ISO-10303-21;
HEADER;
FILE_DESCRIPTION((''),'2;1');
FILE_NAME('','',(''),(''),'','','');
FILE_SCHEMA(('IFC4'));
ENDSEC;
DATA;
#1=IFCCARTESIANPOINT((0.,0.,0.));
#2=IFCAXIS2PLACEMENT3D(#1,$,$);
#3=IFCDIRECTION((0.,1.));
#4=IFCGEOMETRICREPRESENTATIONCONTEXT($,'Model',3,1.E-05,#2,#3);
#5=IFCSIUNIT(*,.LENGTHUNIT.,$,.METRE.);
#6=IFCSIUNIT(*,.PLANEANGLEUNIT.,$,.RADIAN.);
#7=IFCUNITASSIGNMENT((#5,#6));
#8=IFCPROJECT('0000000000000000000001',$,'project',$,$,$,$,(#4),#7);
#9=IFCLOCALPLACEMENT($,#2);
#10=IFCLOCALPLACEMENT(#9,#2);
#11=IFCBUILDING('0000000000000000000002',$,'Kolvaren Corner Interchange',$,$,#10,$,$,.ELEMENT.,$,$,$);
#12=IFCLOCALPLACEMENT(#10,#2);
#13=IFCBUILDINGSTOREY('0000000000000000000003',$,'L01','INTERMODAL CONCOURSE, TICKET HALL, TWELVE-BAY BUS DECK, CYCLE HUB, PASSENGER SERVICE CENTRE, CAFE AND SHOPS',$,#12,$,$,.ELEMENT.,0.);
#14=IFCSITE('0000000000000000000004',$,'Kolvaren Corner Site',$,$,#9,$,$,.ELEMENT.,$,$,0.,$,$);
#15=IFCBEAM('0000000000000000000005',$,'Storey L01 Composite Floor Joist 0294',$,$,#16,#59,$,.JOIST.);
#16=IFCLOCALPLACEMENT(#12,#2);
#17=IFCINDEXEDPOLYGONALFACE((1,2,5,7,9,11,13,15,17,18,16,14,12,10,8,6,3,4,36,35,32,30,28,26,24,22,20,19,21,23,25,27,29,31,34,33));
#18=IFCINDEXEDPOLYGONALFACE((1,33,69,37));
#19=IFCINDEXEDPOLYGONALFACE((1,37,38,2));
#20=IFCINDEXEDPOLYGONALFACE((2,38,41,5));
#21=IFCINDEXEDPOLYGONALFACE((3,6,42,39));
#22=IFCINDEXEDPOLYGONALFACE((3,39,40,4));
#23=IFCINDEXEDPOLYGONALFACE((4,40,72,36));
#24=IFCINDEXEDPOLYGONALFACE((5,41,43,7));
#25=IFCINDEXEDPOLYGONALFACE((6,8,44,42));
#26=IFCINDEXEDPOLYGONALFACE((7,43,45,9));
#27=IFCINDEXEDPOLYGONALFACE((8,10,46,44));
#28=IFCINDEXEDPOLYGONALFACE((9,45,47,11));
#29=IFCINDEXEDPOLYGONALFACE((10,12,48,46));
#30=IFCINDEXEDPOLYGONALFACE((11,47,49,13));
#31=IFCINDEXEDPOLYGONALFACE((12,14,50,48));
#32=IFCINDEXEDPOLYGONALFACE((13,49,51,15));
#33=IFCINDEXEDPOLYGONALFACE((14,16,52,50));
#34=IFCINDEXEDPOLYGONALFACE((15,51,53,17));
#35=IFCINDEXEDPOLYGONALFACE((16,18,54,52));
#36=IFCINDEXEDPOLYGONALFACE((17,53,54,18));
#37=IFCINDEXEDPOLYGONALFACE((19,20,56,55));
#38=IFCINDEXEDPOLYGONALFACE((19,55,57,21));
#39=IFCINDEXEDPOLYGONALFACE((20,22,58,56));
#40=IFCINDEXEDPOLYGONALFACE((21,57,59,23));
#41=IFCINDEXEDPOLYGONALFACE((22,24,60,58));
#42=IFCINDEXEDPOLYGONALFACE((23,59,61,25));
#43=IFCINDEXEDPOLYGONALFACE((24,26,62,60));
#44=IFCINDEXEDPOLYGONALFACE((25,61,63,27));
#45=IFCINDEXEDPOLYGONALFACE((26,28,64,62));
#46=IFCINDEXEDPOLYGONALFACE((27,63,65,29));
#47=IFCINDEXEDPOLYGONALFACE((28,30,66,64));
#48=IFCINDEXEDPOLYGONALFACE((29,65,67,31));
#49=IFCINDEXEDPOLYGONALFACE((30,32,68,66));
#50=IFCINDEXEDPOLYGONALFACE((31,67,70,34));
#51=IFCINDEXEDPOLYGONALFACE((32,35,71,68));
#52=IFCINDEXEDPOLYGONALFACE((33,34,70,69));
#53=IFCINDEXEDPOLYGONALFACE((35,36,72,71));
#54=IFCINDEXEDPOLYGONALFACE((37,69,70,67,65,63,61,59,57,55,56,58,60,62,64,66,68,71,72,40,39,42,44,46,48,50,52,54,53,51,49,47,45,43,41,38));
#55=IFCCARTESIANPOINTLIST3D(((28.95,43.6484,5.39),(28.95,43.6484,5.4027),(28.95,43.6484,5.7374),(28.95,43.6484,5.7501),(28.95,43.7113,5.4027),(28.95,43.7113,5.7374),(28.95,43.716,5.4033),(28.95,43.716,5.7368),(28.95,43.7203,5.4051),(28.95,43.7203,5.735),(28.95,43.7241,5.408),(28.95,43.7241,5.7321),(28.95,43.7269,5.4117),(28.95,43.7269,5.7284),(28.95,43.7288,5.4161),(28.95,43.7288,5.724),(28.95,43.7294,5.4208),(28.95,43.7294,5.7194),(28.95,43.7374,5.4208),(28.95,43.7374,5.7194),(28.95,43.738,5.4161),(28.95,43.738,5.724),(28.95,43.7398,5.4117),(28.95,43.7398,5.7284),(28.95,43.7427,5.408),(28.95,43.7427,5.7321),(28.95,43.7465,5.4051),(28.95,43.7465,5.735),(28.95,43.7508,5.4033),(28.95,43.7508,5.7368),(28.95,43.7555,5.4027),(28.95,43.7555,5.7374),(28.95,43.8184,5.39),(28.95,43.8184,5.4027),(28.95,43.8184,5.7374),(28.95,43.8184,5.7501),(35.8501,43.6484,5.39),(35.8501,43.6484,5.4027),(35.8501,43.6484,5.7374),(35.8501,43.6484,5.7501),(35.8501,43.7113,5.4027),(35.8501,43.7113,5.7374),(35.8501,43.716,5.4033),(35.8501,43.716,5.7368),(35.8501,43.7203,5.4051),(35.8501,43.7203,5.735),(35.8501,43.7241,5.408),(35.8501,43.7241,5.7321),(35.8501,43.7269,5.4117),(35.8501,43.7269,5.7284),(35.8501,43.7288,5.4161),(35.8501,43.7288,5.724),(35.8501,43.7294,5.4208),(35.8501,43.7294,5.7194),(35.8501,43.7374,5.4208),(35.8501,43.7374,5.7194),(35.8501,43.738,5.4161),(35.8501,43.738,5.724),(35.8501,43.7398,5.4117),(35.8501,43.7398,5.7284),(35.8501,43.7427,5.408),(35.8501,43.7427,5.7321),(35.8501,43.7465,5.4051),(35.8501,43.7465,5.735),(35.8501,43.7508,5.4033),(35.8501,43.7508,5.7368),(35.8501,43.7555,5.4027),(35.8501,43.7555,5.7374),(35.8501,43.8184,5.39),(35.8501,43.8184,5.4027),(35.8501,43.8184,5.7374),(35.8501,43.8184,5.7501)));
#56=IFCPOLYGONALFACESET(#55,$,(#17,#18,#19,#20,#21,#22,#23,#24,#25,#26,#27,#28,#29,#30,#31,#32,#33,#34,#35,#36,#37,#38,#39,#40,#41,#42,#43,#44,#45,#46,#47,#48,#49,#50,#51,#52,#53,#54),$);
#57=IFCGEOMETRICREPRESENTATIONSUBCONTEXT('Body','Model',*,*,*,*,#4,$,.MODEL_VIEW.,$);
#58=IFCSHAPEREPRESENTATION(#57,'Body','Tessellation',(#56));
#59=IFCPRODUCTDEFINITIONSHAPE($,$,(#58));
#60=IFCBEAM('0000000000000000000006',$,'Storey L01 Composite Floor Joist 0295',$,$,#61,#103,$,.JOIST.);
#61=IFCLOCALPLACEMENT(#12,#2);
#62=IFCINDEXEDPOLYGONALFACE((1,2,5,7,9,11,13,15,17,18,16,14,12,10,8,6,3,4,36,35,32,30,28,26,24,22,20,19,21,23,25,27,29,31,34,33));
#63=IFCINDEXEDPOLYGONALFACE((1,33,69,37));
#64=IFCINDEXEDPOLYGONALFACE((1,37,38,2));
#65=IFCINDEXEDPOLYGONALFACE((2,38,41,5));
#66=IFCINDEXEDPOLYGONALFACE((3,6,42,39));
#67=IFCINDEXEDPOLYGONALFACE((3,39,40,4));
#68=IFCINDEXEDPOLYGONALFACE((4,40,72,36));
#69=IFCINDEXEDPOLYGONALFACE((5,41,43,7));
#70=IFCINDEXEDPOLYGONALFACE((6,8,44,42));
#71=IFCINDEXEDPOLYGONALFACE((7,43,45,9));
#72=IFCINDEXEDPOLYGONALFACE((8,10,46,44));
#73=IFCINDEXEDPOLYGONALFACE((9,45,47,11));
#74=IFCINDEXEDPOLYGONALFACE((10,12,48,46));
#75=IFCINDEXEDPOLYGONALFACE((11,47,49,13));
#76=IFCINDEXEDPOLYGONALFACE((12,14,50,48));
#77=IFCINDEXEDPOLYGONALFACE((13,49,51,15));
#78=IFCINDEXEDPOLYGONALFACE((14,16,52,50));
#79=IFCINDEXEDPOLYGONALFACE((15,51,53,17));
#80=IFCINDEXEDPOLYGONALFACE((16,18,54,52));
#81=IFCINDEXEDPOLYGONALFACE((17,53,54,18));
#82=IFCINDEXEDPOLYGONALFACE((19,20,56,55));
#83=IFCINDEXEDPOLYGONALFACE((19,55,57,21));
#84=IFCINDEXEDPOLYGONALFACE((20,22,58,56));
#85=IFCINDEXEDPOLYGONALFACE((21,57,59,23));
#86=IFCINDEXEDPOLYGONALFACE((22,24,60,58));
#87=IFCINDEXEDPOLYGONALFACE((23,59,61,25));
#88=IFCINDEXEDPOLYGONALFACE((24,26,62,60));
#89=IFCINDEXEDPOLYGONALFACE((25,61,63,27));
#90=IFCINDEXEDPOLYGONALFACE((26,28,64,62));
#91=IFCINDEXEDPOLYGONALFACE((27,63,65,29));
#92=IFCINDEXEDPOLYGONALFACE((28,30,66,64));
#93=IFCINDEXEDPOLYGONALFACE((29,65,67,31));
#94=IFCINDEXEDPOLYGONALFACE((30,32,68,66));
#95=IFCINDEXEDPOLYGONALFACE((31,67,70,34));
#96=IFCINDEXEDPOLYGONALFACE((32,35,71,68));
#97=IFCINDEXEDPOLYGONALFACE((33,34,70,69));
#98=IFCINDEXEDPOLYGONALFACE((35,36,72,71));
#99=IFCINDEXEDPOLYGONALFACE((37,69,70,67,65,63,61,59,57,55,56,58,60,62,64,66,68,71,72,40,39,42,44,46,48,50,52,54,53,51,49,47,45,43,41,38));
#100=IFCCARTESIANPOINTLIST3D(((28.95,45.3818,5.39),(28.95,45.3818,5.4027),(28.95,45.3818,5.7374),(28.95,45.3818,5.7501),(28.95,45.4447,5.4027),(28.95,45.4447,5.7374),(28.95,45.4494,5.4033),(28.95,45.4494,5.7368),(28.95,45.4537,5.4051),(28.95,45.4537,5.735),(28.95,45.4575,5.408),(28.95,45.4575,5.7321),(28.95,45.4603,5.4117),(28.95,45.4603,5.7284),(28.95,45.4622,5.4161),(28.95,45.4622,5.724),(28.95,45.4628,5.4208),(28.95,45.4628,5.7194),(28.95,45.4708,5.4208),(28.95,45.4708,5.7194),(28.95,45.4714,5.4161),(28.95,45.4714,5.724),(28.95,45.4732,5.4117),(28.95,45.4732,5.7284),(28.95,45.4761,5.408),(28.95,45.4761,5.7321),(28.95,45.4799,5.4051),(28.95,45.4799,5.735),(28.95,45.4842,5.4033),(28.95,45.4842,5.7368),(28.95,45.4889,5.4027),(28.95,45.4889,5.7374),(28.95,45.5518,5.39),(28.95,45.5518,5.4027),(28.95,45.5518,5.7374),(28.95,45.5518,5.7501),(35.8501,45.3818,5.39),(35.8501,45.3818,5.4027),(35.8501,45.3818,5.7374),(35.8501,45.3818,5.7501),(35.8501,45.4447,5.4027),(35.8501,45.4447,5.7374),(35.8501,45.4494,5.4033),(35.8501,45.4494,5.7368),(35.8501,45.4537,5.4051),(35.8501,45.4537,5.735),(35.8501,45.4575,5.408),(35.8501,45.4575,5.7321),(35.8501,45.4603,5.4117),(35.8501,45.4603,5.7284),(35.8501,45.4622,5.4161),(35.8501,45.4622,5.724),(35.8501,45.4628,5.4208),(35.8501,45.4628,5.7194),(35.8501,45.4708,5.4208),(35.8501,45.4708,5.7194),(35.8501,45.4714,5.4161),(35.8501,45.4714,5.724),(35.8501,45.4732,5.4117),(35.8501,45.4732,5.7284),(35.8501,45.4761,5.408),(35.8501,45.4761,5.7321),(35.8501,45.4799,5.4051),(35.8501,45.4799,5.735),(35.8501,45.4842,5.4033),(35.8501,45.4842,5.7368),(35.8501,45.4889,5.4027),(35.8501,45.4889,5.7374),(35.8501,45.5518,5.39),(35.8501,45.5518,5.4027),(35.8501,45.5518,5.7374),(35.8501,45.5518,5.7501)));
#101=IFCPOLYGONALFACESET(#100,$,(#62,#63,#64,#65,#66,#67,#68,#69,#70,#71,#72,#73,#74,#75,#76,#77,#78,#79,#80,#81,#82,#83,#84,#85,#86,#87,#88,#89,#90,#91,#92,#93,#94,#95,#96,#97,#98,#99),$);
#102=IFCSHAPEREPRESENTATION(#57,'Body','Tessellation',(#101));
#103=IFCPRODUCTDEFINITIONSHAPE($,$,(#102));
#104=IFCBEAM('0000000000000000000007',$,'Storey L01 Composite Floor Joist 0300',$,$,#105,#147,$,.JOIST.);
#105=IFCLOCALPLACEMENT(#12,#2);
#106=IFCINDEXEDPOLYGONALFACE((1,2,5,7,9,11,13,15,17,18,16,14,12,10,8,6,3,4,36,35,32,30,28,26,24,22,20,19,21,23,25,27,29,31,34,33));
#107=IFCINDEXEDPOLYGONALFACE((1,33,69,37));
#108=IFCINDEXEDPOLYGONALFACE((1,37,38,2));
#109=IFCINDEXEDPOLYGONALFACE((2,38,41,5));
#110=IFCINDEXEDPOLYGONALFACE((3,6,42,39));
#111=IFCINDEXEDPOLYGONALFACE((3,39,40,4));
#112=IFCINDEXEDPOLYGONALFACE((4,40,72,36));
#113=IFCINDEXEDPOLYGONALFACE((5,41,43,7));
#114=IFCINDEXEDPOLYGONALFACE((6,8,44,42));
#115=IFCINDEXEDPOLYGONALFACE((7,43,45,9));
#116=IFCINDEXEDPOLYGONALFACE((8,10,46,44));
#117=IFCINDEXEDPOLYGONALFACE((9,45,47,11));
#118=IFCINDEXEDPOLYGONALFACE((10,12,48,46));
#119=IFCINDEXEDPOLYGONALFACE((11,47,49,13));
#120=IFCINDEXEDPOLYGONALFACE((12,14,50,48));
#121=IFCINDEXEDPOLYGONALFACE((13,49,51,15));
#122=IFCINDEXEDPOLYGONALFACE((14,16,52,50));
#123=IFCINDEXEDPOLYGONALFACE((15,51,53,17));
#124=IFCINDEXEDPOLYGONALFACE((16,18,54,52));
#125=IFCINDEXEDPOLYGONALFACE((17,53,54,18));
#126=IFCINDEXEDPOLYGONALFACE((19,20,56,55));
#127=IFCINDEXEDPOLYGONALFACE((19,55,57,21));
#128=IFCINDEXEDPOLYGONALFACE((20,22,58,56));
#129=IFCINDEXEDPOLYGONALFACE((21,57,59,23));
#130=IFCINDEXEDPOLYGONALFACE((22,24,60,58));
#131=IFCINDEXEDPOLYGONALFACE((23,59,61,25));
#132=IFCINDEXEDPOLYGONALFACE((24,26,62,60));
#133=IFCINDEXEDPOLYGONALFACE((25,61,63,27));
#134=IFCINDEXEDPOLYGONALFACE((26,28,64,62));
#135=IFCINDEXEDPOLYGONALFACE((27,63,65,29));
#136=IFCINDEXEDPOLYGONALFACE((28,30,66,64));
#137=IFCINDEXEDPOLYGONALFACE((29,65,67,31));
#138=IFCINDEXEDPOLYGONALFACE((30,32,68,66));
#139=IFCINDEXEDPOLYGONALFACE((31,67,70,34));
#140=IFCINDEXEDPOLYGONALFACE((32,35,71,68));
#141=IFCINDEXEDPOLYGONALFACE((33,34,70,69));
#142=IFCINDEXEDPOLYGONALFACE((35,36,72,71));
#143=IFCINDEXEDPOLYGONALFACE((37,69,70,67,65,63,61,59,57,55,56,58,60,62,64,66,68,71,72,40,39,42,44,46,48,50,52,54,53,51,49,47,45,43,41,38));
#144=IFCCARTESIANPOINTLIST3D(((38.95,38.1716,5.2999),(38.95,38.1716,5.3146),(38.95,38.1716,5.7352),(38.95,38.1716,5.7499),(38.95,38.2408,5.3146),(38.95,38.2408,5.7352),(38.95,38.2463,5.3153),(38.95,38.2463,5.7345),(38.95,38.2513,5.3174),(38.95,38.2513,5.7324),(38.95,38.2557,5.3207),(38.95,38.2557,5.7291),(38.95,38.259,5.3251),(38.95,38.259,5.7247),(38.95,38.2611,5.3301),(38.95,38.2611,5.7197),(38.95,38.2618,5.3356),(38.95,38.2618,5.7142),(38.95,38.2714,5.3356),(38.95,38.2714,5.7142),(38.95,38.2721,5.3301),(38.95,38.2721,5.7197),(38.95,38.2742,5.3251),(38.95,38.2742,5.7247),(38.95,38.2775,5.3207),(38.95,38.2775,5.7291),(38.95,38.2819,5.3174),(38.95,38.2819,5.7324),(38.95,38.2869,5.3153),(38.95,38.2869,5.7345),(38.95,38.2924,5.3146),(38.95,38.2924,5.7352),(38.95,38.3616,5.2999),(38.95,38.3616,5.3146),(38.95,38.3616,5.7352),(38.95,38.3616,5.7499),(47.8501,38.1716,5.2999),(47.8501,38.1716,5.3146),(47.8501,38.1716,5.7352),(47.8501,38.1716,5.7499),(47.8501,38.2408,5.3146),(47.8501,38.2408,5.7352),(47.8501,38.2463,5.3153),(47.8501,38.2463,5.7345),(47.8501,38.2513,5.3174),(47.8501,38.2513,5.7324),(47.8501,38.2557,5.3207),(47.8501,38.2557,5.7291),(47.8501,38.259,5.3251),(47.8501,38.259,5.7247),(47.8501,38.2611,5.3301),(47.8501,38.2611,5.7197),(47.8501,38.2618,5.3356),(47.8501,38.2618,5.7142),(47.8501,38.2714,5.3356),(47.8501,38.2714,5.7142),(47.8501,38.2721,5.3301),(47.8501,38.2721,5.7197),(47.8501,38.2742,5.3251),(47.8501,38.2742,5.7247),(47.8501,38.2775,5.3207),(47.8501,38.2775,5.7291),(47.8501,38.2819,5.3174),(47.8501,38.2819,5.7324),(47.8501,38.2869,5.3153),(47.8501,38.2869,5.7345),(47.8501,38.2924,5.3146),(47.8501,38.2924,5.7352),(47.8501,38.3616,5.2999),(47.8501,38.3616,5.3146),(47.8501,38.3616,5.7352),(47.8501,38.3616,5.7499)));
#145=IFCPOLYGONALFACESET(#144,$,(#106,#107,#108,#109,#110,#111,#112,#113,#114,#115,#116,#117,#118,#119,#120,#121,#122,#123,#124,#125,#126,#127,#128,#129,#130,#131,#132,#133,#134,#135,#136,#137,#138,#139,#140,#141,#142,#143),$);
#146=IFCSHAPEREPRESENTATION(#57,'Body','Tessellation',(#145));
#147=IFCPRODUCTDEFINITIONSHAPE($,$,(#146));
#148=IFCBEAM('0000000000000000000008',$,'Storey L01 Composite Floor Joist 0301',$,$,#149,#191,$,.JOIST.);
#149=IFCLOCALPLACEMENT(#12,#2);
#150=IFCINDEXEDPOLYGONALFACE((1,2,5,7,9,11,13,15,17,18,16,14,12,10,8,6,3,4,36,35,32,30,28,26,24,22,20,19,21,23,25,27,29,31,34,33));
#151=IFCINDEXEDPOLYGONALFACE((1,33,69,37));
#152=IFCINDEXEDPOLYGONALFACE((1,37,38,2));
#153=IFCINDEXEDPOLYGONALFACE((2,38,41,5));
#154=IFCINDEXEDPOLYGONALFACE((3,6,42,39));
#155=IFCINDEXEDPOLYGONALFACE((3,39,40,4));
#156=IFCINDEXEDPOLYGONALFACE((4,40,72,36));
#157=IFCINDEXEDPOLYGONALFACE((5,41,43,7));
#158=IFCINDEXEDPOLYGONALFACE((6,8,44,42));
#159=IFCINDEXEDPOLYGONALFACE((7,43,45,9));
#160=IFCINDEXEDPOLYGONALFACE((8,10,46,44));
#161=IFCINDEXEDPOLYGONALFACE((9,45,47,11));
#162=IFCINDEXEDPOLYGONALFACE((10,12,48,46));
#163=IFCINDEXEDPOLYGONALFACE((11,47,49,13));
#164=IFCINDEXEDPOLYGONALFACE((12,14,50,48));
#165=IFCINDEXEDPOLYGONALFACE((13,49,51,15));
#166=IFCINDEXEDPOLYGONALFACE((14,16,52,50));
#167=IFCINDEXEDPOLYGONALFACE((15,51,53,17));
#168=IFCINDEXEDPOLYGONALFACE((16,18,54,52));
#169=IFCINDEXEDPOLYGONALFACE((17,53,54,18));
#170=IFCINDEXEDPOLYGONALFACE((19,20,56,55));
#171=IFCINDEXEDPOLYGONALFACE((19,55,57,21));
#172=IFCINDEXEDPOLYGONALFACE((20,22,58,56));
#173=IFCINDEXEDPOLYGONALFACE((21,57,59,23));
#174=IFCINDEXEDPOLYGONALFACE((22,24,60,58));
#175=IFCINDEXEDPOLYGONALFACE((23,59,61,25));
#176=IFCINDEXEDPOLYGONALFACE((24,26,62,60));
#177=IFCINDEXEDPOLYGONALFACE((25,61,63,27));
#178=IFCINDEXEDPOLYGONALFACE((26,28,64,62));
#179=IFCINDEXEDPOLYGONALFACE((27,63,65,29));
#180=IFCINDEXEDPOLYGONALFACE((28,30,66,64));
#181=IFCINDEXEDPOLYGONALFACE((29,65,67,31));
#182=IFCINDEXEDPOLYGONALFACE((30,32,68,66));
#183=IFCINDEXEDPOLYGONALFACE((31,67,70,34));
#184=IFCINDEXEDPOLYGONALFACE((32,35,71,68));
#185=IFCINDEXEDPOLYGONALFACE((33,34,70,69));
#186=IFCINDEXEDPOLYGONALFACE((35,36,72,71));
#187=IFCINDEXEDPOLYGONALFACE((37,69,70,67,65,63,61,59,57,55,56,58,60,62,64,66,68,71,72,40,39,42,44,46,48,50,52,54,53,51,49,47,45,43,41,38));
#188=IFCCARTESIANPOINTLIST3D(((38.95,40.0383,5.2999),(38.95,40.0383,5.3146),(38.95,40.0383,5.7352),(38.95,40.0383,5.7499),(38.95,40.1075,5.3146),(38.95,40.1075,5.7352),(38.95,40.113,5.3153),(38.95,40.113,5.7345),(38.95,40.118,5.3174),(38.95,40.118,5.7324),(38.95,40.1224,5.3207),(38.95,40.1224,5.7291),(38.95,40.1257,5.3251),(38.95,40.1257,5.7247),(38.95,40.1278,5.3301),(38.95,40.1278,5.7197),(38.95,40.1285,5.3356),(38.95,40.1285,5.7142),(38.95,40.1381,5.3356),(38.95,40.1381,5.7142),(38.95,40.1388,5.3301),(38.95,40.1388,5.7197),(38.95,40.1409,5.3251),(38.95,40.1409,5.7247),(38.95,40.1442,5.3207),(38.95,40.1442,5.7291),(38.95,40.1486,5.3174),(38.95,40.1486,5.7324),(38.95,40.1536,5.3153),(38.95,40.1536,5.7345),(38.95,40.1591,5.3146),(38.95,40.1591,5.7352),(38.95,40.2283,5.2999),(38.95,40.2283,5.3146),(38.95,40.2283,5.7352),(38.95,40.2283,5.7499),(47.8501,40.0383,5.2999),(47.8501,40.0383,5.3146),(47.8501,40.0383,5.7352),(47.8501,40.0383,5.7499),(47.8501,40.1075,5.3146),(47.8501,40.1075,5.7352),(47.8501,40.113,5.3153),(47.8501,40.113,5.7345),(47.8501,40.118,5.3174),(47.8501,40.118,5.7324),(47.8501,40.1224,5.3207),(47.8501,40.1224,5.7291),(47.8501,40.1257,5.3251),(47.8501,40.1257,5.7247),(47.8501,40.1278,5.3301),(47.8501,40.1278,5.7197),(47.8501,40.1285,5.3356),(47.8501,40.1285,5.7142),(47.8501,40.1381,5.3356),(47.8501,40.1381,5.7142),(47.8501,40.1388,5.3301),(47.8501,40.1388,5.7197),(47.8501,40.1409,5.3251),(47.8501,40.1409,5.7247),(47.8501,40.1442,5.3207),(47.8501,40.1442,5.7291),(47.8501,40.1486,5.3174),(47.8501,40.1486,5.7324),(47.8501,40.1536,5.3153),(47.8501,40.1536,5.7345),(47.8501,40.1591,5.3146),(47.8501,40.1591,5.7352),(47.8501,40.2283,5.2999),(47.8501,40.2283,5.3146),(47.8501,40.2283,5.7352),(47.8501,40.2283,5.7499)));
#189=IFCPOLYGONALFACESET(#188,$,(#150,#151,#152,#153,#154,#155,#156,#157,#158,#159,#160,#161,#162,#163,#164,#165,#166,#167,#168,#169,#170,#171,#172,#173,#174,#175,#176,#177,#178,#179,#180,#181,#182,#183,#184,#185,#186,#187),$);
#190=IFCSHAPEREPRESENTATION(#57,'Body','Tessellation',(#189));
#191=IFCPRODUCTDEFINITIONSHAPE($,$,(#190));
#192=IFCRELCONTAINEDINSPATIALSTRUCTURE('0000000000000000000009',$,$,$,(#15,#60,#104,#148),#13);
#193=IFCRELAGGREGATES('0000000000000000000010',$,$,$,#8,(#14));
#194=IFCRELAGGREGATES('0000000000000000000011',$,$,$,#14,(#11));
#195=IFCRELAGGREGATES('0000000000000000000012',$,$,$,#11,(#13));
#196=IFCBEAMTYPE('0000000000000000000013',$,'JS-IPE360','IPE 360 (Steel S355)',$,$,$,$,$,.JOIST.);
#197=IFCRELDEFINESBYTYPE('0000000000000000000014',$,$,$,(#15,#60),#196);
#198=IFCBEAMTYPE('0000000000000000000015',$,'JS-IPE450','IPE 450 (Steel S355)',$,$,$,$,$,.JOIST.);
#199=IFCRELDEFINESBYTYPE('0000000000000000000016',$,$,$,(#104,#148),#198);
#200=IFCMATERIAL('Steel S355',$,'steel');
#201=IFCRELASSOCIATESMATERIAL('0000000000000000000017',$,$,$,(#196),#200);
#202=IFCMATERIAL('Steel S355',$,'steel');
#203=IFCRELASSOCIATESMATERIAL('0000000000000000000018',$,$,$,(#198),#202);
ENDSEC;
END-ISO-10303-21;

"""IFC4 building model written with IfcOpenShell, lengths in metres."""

from ifc_helpers import new_model, si_unit, direction, frame, origin, origin_2d, place, context, subcontext, project, spatial, i_section, extrude, material, material_profile, profile_set, type_object, element, save


model = new_model("IFC4")

# Units and contexts
model_context = context("Model", 3, precision=1e-05, world=origin(), true_north=direction((0.0, 1.0)))
body_context = subcontext(model_context, "Body", "Model", "MODEL_VIEW")
ifc_project = project(units=[si_unit("LENGTHUNIT", "METRE"), si_unit("PLANEANGLEUNIT", "RADIAN")], contexts=[model_context])

# Site, building, storey
site_placement = place(None, origin())
site = spatial("IfcSite", under=ifc_project, at=site_placement, Name="Kolvaren Corner Site", CompositionType="ELEMENT", RefElevation=0.0)
building_placement = place(site_placement, origin())
building = spatial("IfcBuilding", under=site, at=building_placement, Name="Kolvaren Corner Interchange", CompositionType="ELEMENT")
storey_placement = place(building_placement, origin())
storey = spatial("IfcBuildingStorey", under=building, at=storey_placement, Name="L01", Description="INTERMODAL CONCOURSE, TICKET HALL, TWELVE-BAY BUS DECK, CYCLE HUB, PASSENGER SERVICE CENTRE, CAFE AND SHOPS", CompositionType="ELEMENT", Elevation=0.0)

# Beams
ifc_material_1 = material(Name="Steel S355", Category="steel")
ifc_material_profile_1 = material_profile(ifc_material_1, i_section(OverallWidth=0.1699, OverallDepth=0.3601, WebThickness=0.0081, FlangeThickness=0.0127, FilletRadius=0.0181, at=origin_2d()), Name="IPE 360")
ifc_profile_set_1 = profile_set([ifc_material_profile_1], Name="Steel S355")
beam_type_1 = type_object("IfcBeamType", Name="JS-IPE360", Description="IPE 360 (Steel S355)", PredefinedType="JOIST", material=ifc_profile_set_1)
for number, where, z_axis, x_axis, name in (
    (1, (28.95, 43.7334, 5.5701), (1.0, 0.0, 0.0), (0.0, 1.0, 0.0), "Storey L01 Composite Floor Joist 0294"),
    (2, (28.95, 45.4668, 5.5701), (1.0, 0.0, 0.0), (0.0, 1.0, 0.0), "Storey L01 Composite Floor Joist 0295"),
):
    element("IfcBeam", number, at=place(storey_placement, frame(where, z_axis=z_axis, x_axis=x_axis)), inside=storey, type_object=beam_type_1, Name=name, PredefinedType="JOIST", context=body_context, shape_type="SweptSolid", body=[
        extrude(i_section(OverallWidth=0.1699, OverallDepth=0.3601, WebThickness=0.0081, FlangeThickness=0.0127, FilletRadius=0.0181, at=origin_2d()), origin(), (0.0, 0.0, 1.0), 6.9001),
    ])
ifc_material_2 = material(Name="Steel S355", Category="steel")
ifc_material_profile_2 = material_profile(ifc_material_2, i_section(OverallWidth=0.1899, OverallDepth=0.45, WebThickness=0.0095, FlangeThickness=0.0146, FilletRadius=0.021, at=origin_2d()), Name="IPE 450")
ifc_profile_set_2 = profile_set([ifc_material_profile_2], Name="Steel S355")
beam_type_2 = type_object("IfcBeamType", Name="JS-IPE450", Description="IPE 450 (Steel S355)", PredefinedType="JOIST", material=ifc_profile_set_2)
for number, where, z_axis, x_axis, name in (
    (3, (38.95, 38.2666, 5.5249), (1.0, 0.0, 0.0), (0.0, 1.0, 0.0), "Storey L01 Composite Floor Joist 0300"),
    (4, (38.95, 40.1333, 5.5249), (1.0, 0.0, 0.0), (0.0, 1.0, 0.0), "Storey L01 Composite Floor Joist 0301"),
):
    element("IfcBeam", number, at=place(storey_placement, frame(where, z_axis=z_axis, x_axis=x_axis)), inside=storey, type_object=beam_type_2, Name=name, PredefinedType="JOIST", context=body_context, shape_type="SweptSolid", body=[
        extrude(i_section(OverallWidth=0.1899, OverallDepth=0.45, WebThickness=0.0095, FlangeThickness=0.0146, FilletRadius=0.021, at=origin_2d()), origin(), (0.0, 0.0, 1.0), 8.9001),
    ])

save(model, "model.ifc")
